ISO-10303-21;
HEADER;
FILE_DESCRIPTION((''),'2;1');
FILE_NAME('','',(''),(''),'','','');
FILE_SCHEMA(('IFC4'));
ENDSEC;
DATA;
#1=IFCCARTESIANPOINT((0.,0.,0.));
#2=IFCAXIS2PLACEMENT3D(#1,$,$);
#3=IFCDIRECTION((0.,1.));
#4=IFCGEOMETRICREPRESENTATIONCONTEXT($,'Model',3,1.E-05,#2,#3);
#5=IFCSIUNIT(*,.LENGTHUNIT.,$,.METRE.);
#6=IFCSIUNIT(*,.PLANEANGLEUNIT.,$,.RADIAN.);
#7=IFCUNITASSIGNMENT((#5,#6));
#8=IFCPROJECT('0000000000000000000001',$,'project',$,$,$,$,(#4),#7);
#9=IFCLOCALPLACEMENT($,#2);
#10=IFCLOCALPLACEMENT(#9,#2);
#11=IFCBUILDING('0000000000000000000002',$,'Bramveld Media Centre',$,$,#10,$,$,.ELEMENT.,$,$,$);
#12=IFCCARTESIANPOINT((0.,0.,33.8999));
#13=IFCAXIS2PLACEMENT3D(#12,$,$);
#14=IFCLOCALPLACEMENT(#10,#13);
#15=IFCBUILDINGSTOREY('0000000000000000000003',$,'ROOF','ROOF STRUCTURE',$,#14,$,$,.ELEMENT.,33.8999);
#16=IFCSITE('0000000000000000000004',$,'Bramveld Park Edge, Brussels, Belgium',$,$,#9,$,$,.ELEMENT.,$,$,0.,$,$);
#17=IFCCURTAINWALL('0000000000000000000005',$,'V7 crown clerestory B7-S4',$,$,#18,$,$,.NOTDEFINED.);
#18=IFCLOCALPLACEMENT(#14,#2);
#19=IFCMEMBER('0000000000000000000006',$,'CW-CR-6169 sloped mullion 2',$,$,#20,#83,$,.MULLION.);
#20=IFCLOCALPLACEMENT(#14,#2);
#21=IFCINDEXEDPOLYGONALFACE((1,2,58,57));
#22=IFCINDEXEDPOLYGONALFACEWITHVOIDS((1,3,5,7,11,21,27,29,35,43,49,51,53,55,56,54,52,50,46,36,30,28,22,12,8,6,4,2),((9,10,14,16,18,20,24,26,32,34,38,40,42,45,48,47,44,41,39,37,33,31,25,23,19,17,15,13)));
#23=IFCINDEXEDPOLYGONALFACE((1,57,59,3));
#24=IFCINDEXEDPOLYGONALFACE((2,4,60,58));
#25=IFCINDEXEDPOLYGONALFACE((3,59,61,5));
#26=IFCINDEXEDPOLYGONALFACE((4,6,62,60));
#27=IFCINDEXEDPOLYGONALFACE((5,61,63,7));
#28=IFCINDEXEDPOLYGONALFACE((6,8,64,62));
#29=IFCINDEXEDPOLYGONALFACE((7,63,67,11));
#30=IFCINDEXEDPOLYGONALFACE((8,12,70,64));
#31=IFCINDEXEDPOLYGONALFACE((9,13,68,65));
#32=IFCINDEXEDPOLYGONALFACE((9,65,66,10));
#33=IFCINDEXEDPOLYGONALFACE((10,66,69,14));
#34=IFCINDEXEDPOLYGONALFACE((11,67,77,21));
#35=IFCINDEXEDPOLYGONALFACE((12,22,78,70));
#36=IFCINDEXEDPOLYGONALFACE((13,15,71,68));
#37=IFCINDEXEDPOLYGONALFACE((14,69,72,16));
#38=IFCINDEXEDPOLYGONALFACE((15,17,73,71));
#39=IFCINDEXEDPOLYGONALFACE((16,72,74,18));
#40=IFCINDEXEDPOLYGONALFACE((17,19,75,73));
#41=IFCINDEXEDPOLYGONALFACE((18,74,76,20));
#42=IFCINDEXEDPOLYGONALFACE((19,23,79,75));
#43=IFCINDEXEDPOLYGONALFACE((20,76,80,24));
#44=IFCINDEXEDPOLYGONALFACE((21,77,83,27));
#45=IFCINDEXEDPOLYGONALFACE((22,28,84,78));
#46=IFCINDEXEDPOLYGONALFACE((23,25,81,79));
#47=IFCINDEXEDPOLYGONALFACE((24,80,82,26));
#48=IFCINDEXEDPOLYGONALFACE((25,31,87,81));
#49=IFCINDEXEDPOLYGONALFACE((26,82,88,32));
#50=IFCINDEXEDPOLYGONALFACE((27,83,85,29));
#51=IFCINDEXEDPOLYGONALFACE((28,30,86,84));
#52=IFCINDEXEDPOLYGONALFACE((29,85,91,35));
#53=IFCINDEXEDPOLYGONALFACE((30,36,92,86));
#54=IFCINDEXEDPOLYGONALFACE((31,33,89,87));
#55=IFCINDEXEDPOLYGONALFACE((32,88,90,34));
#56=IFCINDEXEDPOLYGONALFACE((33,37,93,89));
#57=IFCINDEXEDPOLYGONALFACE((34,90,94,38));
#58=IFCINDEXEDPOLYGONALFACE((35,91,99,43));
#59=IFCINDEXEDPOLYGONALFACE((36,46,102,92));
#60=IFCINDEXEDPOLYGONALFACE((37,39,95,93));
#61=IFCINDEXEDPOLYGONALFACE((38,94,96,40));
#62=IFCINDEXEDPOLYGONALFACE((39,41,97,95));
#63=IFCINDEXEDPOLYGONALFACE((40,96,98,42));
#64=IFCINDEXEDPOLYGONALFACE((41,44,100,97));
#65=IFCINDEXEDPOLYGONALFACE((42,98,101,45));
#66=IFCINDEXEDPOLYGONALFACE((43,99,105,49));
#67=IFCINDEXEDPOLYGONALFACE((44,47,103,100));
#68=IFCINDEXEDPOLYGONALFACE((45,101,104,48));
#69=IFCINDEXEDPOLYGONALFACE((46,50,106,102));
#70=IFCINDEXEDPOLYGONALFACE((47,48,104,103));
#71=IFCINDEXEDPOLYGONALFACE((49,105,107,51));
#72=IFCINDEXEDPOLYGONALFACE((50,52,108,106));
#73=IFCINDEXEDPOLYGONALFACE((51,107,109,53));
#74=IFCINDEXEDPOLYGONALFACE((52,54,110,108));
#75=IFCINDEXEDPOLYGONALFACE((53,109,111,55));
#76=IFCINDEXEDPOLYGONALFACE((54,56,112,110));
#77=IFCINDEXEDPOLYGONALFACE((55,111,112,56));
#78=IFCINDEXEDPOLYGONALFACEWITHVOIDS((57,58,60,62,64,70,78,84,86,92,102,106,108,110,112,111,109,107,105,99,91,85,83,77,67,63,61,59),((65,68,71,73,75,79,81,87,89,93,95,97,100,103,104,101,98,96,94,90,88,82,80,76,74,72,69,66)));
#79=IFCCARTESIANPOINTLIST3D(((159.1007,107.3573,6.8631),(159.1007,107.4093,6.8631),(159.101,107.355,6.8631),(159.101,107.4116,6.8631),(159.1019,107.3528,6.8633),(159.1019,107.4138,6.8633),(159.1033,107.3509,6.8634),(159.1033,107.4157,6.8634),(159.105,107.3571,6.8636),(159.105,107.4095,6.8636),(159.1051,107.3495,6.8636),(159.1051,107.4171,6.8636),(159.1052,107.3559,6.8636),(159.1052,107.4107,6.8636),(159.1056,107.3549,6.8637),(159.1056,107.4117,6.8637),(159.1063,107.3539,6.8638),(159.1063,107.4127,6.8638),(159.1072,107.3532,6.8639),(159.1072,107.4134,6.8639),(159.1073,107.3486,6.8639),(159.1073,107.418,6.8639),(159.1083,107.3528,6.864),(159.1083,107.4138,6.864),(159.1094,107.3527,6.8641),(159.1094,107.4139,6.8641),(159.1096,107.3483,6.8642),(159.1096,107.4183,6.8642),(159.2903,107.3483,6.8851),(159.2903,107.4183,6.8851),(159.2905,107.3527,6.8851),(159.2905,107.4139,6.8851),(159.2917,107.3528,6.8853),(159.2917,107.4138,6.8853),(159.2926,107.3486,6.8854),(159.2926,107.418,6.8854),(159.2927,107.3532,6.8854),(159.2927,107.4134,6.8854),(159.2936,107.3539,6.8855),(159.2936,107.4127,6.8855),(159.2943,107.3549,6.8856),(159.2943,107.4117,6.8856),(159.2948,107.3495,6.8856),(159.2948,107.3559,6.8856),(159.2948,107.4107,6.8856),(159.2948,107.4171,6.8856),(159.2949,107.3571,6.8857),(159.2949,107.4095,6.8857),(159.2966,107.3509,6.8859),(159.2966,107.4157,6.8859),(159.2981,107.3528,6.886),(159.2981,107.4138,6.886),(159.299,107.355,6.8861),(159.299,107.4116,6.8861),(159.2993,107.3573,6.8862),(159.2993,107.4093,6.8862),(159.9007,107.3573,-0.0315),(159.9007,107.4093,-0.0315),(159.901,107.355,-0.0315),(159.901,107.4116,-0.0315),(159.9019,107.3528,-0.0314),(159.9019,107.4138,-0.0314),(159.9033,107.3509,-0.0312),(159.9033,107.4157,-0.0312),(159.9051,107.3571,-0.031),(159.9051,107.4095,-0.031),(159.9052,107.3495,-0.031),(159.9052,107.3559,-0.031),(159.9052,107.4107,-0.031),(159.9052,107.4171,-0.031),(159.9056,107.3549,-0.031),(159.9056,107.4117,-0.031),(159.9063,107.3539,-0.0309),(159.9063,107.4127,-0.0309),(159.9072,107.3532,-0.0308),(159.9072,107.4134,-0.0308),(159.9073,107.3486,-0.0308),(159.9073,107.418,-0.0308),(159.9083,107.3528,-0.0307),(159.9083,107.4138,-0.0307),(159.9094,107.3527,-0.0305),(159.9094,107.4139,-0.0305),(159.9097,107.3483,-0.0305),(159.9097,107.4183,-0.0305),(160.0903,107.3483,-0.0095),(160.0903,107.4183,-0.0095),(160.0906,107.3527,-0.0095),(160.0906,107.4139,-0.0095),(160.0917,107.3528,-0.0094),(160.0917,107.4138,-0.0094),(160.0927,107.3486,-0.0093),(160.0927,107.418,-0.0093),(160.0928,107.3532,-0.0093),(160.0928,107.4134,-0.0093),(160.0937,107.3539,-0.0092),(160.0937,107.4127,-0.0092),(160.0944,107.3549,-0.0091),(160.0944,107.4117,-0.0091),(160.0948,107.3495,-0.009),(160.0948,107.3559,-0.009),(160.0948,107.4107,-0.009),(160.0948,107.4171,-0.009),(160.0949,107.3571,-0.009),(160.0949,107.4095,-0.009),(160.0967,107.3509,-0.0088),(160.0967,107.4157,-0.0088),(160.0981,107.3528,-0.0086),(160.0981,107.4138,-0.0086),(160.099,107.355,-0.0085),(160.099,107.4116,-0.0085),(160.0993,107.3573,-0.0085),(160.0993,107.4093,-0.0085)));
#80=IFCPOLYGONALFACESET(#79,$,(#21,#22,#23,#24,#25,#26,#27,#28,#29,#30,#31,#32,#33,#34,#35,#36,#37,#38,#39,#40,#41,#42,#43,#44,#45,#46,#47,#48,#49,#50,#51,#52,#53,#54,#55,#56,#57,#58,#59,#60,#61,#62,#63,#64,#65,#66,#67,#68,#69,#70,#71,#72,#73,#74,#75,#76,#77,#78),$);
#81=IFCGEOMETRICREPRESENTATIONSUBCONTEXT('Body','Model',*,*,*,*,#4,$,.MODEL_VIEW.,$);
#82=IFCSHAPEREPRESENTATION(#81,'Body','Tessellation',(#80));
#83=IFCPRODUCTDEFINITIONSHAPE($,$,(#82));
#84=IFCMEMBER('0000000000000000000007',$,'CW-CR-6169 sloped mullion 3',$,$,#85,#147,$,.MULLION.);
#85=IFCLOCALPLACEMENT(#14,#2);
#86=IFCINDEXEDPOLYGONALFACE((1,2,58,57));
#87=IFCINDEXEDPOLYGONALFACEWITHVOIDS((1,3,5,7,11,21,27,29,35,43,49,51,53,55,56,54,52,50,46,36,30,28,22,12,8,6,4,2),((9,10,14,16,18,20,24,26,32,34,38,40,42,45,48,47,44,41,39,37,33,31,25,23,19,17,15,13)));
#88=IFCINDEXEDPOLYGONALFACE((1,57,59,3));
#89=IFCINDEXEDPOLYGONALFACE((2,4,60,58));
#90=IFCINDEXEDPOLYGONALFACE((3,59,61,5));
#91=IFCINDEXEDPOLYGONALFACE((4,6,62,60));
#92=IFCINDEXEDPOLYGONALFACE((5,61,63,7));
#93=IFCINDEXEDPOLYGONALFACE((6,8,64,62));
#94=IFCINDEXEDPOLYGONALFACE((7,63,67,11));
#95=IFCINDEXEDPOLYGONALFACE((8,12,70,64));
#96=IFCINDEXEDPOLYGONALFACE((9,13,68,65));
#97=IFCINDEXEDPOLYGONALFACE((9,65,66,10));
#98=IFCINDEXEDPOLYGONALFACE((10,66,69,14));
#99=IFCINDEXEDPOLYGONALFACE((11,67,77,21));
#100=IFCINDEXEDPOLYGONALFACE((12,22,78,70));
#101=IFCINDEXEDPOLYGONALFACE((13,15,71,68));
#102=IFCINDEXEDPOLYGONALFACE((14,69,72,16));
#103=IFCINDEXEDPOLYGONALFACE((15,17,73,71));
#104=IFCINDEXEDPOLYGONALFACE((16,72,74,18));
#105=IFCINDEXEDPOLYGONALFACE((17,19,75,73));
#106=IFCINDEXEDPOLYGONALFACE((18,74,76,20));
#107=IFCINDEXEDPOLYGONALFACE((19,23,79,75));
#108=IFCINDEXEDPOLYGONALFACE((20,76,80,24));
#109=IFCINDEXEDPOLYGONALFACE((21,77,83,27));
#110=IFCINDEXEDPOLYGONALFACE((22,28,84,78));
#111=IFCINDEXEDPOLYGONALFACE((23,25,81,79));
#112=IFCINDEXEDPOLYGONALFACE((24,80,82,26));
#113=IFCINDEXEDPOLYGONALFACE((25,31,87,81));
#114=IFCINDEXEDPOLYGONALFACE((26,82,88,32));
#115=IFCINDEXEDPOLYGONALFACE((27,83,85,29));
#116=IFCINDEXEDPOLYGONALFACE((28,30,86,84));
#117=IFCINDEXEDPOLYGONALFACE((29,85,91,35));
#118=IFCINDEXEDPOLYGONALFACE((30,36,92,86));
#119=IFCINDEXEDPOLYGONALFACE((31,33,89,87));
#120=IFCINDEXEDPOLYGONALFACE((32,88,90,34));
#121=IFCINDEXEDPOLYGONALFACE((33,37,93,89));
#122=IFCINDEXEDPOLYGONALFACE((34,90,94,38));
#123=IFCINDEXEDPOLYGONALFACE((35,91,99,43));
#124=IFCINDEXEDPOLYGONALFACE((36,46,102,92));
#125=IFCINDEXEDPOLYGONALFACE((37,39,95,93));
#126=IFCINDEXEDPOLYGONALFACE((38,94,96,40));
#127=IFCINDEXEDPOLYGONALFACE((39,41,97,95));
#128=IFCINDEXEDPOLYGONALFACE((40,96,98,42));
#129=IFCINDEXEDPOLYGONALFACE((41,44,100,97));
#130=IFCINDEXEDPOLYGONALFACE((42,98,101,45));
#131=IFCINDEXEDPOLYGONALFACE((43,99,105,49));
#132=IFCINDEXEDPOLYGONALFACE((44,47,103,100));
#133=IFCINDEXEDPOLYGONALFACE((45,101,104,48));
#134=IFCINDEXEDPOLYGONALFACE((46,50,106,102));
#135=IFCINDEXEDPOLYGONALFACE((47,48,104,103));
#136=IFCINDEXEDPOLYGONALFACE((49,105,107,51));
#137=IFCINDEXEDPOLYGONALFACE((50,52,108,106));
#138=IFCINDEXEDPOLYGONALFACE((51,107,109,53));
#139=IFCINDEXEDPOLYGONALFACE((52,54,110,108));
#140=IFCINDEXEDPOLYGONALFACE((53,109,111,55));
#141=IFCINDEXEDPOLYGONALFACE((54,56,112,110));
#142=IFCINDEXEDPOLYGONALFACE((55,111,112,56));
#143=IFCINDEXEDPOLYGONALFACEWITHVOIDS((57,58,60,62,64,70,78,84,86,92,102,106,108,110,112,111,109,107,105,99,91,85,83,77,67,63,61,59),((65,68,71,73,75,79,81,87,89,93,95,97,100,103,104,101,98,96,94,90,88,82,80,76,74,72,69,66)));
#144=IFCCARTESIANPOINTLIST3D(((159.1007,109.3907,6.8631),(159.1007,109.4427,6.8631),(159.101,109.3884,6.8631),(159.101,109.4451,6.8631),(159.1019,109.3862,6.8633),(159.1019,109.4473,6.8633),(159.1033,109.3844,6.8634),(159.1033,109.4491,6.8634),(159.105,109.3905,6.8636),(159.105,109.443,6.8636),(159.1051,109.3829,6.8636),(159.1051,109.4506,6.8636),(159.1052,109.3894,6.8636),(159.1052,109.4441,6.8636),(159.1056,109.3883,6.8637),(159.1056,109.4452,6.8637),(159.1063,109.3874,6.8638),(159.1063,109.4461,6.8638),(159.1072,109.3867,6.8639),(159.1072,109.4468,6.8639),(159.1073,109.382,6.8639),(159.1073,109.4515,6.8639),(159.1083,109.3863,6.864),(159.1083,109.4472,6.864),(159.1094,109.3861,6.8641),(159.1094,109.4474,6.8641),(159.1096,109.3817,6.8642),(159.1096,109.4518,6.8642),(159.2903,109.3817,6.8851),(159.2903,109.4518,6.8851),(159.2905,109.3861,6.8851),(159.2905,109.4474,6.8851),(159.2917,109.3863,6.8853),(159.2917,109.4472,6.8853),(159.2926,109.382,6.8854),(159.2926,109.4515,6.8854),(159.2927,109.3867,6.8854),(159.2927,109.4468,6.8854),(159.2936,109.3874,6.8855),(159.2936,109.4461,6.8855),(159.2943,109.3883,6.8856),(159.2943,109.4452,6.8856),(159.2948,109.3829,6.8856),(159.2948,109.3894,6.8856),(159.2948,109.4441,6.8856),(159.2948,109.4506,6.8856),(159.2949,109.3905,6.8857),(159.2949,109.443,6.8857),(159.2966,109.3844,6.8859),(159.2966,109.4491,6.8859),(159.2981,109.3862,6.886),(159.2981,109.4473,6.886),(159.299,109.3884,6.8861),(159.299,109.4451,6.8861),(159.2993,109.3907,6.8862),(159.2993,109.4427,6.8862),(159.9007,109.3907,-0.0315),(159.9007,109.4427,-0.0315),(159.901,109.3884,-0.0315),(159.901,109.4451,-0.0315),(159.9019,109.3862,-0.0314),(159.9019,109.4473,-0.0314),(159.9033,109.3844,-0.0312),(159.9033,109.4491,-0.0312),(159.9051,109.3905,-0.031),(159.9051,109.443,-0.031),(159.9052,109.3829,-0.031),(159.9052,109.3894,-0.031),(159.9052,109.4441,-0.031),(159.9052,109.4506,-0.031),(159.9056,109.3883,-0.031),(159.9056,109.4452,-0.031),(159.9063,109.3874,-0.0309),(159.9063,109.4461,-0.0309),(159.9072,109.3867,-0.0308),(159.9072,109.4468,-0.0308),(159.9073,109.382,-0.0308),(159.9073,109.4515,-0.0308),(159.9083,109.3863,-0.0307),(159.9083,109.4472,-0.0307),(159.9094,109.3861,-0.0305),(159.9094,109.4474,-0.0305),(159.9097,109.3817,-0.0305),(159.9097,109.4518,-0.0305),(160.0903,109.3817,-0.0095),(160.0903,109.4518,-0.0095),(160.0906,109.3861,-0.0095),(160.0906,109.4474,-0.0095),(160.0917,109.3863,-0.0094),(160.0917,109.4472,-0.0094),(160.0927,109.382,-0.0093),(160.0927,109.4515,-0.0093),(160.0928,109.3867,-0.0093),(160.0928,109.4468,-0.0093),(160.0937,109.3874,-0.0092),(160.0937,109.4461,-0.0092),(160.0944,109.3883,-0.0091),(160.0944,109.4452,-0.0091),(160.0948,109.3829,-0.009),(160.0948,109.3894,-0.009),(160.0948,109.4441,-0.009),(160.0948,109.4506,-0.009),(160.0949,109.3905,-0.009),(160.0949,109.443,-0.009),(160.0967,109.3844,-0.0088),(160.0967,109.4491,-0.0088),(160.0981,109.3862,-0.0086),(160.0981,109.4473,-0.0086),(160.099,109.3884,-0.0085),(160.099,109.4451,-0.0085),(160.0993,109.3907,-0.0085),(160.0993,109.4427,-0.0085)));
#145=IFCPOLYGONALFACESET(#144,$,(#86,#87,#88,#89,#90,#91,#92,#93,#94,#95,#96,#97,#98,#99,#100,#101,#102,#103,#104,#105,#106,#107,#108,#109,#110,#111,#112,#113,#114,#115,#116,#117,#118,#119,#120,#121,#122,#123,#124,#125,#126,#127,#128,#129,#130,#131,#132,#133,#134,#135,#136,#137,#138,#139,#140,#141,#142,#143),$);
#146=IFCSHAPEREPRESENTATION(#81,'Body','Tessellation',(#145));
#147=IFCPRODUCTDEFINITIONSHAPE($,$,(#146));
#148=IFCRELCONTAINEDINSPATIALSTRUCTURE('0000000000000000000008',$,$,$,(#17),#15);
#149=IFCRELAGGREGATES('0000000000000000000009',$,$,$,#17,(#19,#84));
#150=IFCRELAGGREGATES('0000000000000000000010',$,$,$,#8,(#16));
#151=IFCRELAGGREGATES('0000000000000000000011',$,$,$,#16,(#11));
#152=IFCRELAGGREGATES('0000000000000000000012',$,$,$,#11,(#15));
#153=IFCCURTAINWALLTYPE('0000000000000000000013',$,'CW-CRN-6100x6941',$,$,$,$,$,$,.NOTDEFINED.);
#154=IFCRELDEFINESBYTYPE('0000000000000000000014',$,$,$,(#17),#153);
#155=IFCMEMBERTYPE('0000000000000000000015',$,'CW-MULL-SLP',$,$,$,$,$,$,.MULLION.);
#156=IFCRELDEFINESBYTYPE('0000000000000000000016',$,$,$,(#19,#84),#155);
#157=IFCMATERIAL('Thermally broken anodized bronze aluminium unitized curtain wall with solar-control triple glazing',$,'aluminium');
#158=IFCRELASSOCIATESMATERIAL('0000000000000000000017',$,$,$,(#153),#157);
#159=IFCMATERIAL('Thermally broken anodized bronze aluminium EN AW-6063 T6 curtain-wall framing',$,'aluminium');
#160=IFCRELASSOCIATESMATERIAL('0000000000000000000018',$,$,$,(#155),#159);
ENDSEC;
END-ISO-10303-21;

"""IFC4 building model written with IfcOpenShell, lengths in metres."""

from ifc_helpers import new_model, si_unit, direction, frame, origin, origin_2d, place, context, subcontext, project, spatial, hollow_rectangle, extrude, material, material_profile, profile_set, type_object, element, aggregate, save


model = new_model("IFC4")

# Units and contexts
model_context = context("Model", 3, precision=1e-05, world=origin(), true_north=direction((0.0, 1.0)))
body_context = subcontext(model_context, "Body", "Model", "MODEL_VIEW")
ifc_project = project(units=[si_unit("LENGTHUNIT", "METRE"), si_unit("PLANEANGLEUNIT", "RADIAN")], contexts=[model_context])

# Site, building, storey
site_placement = place(None, origin())
site = spatial("IfcSite", under=ifc_project, at=site_placement, Name="Bramveld Park Edge, Brussels, Belgium", CompositionType="ELEMENT", RefElevation=0.0)
building_placement = place(site_placement, origin())
building = spatial("IfcBuilding", under=site, at=building_placement, Name="Bramveld Media Centre", CompositionType="ELEMENT")
storey_placement = place(building_placement, frame((0.0, 0.0, 33.8999)))
storey = spatial("IfcBuildingStorey", under=building, at=storey_placement, Name="ROOF", Description="ROOF STRUCTURE", CompositionType="ELEMENT", Elevation=33.8999)

# Curtain wall, members
ifc_material_1 = material(Name="Thermally broken anodized bronze aluminium unitized curtain wall with solar-control triple glazing", Category="aluminium")
curtain_wall_type = type_object("IfcCurtainWallType", Name="CW-CRN-6100x6941", PredefinedType="NOTDEFINED", material=ifc_material_1)
ifc_material_2 = material(Name="Thermally broken anodized bronze aluminium EN AW-6063 T6 curtain-wall framing", Category="aluminium")
ifc_material_profile_1 = material_profile(ifc_material_2, hollow_rectangle(XDim=0.0701, YDim=0.2, WallThickness=0.0044, InnerFilletRadius=0.0044, OuterFilletRadius=0.009, at=origin_2d()), Name="AL-MULL 70x200")
ifc_profile_set_1 = profile_set([ifc_material_profile_1], Name="Thermally broken anodized bronze aluminium EN AW-6063 T6 curtain-wall framing")
member_type_1 = type_object("IfcMemberType", Name="CW-MULL-SLP", PredefinedType="MULLION", material=ifc_profile_set_1)
curtain_wall_1_placement = place(storey_placement, origin())
curtain_wall_1 = element("IfcCurtainWall", 1, at=curtain_wall_1_placement, inside=storey, type_object=curtain_wall_type, Name="V7 crown clerestory B7-S4", PredefinedType="NOTDEFINED")
member_1_placement = place(storey_placement, frame((160.0, 107.3833, -0.02), z_axis=(-0.115264, 0.0, 0.993335), x_axis=(0.0, -1.0, 0.0)))
member_1 = element("IfcMember", 2, at=member_1_placement, type_object=member_type_1, Name="CW-CR-6169 sloped mullion 2", PredefinedType="MULLION", context=body_context, shape_type="SweptSolid", body=[
    extrude(hollow_rectangle(XDim=0.0701, YDim=0.2, WallThickness=0.0044, InnerFilletRadius=0.0044, OuterFilletRadius=0.009, at=origin_2d()), origin(), (0.0, 0.0, 1.0), 6.9409),
])
member_2_placement = place(storey_placement, frame((160.0, 109.4167, -0.02), z_axis=(-0.115264, 0.0, 0.993335), x_axis=(0.0, -1.0, 0.0)))
member_2 = element("IfcMember", 3, at=member_2_placement, type_object=member_type_1, Name="CW-CR-6169 sloped mullion 3", PredefinedType="MULLION", context=body_context, shape_type="SweptSolid", body=[
    extrude(hollow_rectangle(XDim=0.0701, YDim=0.2, WallThickness=0.0044, InnerFilletRadius=0.0044, OuterFilletRadius=0.009, at=origin_2d()), origin(), (0.0, 0.0, 1.0), 6.9409),
])

aggregate(curtain_wall_1, [member_1, member_2])

save(model, "model.ifc")
